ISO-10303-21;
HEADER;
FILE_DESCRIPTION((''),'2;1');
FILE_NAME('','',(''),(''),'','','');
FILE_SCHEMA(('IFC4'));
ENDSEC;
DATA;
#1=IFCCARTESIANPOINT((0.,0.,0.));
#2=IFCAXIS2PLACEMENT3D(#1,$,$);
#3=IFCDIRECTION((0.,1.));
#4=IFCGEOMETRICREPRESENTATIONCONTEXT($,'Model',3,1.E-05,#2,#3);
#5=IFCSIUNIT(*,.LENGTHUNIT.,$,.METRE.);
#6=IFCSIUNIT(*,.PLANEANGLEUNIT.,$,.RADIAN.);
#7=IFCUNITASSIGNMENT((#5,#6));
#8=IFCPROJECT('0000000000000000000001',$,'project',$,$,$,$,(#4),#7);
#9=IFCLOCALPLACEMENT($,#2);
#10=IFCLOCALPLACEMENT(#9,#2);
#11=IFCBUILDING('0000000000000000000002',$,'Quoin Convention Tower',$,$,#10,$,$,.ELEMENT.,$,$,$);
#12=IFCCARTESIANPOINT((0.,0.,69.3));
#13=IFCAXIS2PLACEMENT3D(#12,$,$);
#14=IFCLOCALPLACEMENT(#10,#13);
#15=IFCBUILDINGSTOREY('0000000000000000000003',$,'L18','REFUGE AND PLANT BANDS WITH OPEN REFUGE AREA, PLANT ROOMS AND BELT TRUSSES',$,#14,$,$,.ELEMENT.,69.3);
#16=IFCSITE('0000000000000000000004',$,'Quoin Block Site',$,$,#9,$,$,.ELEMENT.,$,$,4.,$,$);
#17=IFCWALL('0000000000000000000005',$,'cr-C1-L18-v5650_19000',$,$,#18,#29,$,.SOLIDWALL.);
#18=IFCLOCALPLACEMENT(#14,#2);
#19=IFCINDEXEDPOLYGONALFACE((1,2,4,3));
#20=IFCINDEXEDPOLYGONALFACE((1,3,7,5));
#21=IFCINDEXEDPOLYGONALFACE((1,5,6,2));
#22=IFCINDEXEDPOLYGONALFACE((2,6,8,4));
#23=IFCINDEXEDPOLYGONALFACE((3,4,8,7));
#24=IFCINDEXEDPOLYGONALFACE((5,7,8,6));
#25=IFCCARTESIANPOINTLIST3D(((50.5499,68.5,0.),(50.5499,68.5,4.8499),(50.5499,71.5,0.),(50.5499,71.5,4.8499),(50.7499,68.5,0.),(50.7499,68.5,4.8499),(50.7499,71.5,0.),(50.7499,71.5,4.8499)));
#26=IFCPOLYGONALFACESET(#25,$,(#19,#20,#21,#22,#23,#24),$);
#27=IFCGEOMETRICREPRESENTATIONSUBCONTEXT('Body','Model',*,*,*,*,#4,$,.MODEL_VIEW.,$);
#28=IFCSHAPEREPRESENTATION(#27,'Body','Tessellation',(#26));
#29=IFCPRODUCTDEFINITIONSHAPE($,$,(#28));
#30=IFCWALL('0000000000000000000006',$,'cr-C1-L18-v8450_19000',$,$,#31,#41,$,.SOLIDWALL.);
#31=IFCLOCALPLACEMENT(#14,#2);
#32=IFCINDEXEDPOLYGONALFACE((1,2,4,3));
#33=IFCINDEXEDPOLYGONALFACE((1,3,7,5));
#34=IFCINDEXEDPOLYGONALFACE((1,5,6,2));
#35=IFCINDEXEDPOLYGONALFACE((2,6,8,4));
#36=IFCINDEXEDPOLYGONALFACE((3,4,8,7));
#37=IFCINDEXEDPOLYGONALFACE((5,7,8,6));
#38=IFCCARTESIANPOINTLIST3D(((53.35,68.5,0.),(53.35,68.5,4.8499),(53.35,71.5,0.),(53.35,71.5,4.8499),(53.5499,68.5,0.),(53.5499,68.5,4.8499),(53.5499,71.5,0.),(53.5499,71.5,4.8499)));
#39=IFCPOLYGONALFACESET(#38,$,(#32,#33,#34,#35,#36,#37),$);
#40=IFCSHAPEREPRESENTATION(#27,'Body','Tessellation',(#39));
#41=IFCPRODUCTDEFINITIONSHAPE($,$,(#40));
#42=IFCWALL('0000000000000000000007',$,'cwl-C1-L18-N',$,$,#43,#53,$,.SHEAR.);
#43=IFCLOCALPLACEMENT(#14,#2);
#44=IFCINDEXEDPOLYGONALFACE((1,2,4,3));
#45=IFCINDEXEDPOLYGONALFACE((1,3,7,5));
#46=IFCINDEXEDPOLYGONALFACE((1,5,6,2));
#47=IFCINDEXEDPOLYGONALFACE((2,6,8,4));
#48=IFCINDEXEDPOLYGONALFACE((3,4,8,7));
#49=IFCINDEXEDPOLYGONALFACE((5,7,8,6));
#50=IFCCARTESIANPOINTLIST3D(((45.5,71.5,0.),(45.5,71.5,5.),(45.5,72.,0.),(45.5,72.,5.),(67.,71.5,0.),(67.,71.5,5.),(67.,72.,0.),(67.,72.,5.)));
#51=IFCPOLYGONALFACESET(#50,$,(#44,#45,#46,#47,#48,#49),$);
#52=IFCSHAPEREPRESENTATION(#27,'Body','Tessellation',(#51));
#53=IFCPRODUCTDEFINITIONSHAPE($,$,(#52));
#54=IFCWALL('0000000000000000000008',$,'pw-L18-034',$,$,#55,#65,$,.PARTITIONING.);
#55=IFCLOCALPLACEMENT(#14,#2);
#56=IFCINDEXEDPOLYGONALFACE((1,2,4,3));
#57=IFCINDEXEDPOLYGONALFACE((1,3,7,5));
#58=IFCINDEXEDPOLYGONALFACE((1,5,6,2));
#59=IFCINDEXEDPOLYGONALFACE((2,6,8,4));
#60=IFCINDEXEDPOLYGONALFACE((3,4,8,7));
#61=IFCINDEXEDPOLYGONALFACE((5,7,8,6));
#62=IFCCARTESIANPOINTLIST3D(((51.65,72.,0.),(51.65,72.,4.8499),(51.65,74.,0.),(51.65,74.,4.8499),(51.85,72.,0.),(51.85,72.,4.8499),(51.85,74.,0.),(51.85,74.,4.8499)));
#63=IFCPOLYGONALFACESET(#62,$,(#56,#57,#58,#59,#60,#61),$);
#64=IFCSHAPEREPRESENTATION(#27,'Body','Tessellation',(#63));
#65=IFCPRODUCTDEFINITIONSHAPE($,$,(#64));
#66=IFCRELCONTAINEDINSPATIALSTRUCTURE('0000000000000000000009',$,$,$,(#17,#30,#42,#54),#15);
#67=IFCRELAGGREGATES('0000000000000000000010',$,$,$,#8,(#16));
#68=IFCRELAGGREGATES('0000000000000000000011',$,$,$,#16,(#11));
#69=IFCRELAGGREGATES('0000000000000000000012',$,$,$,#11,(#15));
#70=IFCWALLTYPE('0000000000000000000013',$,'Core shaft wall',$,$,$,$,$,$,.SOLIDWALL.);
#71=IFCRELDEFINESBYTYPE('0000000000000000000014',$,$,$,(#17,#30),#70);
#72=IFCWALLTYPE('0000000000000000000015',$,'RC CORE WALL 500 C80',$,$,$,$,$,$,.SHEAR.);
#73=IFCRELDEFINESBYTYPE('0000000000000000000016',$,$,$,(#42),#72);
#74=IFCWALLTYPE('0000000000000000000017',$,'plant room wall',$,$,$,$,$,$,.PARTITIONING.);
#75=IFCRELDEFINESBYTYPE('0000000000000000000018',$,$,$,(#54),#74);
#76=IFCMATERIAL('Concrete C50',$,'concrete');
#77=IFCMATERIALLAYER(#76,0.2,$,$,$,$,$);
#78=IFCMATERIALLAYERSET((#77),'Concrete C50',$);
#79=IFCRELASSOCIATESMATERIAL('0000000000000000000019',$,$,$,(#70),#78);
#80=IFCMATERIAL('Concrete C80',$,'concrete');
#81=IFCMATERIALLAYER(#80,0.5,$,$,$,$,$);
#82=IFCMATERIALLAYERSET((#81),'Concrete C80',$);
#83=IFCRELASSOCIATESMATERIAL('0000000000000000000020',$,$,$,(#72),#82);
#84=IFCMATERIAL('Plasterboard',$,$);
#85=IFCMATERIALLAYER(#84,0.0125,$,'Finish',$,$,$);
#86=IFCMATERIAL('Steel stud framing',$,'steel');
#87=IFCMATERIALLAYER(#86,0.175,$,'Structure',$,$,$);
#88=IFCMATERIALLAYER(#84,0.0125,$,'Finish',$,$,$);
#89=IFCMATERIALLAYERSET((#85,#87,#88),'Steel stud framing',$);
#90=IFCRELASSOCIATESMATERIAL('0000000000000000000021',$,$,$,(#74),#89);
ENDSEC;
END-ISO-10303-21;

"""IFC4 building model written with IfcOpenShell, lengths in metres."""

from ifc_helpers import new_model, si_unit, direction, frame, frame_2d, origin, place, context, subcontext, project, spatial, rectangle, extrude, material, layer, layer_set, type_object, element, save


model = new_model("IFC4")

# Units and contexts
model_context = context("Model", 3, precision=1e-05, world=origin(), true_north=direction((0.0, 1.0)))
body_context = subcontext(model_context, "Body", "Model", "MODEL_VIEW")
ifc_project = project(units=[si_unit("LENGTHUNIT", "METRE"), si_unit("PLANEANGLEUNIT", "RADIAN")], contexts=[model_context])

# Site, building, storey
site_placement = place(None, origin())
site = spatial("IfcSite", under=ifc_project, at=site_placement, Name="Quoin Block Site", CompositionType="ELEMENT", RefElevation=4.0)
building_placement = place(site_placement, origin())
building = spatial("IfcBuilding", under=site, at=building_placement, Name="Quoin Convention Tower", CompositionType="ELEMENT")
storey_placement = place(building_placement, frame((0.0, 0.0, 69.3)))
storey = spatial("IfcBuildingStorey", under=building, at=storey_placement, Name="L18", Description="REFUGE AND PLANT BANDS WITH OPEN REFUGE AREA, PLANT ROOMS AND BELT TRUSSES", CompositionType="ELEMENT", Elevation=69.3)

# Shared definitions
ifc_material_1 = material(Name="Concrete C80", Category="concrete")

# Shared definitions
ifc_material_2 = material(Name="Plasterboard")
ifc_material_3 = material(Name="Steel stud framing", Category="steel")

# Shared definitions
ifc_material_4 = material(Name="Concrete C50", Category="concrete")
ifc_layer_1 = layer(ifc_material_4, 0.2)
ifc_layer_set_1 = layer_set([ifc_layer_1], Name="Concrete C50")
wall_type_1 = type_object("IfcWallType", Name="Core shaft wall", PredefinedType="SOLIDWALL", material=ifc_layer_set_1)

# Walls
for number, where, z_axis, x_axis, name in (
    (1, (50.6499, 68.5, 0.0), (0.0, 0.0, 1.0), (0.0, 1.0, 0.0), "cr-C1-L18-v5650_19000"),
    (2, (53.45, 68.5, 0.0), (0.0, 0.0, 1.0), (0.0, 1.0, 0.0), "cr-C1-L18-v8450_19000"),
):
    element("IfcWall", number, at=place(storey_placement, frame(where, z_axis=z_axis, x_axis=x_axis)), inside=storey, type_object=wall_type_1, Name=name, PredefinedType="SOLIDWALL", context=body_context, shape_type="SweptSolid", body=[
        extrude(rectangle(XDim=3.0, YDim=0.2, at=frame_2d((1.5, 0.0))), origin(), (0.0, 0.0, 1.0), 4.8499),
    ])
ifc_layer_2 = layer(ifc_material_1, 0.5)
ifc_layer_set_2 = layer_set([ifc_layer_2], Name="Concrete C80")
wall_type_2 = type_object("IfcWallType", Name="RC CORE WALL 500 C80", PredefinedType="SHEAR", material=ifc_layer_set_2)
wall_1_placement = place(storey_placement, frame((45.5, 71.75, 0.0), z_axis=(0.0, 0.0, 1.0), x_axis=(1.0, 0.0, 0.0)))
element("IfcWall", 3, at=wall_1_placement, inside=storey, type_object=wall_type_2, Name="cwl-C1-L18-N", PredefinedType="SHEAR", context=body_context, shape_type="SweptSolid", body=[
    extrude(rectangle(XDim=21.5, YDim=0.5, at=frame_2d((10.75, 0.0))), origin(), (0.0, 0.0, 1.0), 5.0),
])
ifc_layer_3 = layer(ifc_material_2, 0.0125, Name="Finish")
ifc_layer_4 = layer(ifc_material_3, 0.175, Name="Structure")
ifc_layer_5 = layer(ifc_material_2, 0.0125, Name="Finish")
ifc_layer_set_3 = layer_set([ifc_layer_3, ifc_layer_4, ifc_layer_5], Name="Steel stud framing")
wall_type_3 = type_object("IfcWallType", Name="plant room wall", PredefinedType="PARTITIONING", material=ifc_layer_set_3)
wall_2_placement = place(storey_placement, frame((51.75, 72.0, 0.0), z_axis=(0.0, 0.0, 1.0), x_axis=(0.0, 1.0, 0.0)))
element("IfcWall", 4, at=wall_2_placement, inside=storey, type_object=wall_type_3, Name="pw-L18-034", PredefinedType="PARTITIONING", context=body_context, shape_type="SweptSolid", body=[
    extrude(rectangle(XDim=2.0, YDim=0.2, at=frame_2d((1.0, 0.0))), origin(), (0.0, 0.0, 1.0), 4.8499),
])

save(model, "model.ifc")
